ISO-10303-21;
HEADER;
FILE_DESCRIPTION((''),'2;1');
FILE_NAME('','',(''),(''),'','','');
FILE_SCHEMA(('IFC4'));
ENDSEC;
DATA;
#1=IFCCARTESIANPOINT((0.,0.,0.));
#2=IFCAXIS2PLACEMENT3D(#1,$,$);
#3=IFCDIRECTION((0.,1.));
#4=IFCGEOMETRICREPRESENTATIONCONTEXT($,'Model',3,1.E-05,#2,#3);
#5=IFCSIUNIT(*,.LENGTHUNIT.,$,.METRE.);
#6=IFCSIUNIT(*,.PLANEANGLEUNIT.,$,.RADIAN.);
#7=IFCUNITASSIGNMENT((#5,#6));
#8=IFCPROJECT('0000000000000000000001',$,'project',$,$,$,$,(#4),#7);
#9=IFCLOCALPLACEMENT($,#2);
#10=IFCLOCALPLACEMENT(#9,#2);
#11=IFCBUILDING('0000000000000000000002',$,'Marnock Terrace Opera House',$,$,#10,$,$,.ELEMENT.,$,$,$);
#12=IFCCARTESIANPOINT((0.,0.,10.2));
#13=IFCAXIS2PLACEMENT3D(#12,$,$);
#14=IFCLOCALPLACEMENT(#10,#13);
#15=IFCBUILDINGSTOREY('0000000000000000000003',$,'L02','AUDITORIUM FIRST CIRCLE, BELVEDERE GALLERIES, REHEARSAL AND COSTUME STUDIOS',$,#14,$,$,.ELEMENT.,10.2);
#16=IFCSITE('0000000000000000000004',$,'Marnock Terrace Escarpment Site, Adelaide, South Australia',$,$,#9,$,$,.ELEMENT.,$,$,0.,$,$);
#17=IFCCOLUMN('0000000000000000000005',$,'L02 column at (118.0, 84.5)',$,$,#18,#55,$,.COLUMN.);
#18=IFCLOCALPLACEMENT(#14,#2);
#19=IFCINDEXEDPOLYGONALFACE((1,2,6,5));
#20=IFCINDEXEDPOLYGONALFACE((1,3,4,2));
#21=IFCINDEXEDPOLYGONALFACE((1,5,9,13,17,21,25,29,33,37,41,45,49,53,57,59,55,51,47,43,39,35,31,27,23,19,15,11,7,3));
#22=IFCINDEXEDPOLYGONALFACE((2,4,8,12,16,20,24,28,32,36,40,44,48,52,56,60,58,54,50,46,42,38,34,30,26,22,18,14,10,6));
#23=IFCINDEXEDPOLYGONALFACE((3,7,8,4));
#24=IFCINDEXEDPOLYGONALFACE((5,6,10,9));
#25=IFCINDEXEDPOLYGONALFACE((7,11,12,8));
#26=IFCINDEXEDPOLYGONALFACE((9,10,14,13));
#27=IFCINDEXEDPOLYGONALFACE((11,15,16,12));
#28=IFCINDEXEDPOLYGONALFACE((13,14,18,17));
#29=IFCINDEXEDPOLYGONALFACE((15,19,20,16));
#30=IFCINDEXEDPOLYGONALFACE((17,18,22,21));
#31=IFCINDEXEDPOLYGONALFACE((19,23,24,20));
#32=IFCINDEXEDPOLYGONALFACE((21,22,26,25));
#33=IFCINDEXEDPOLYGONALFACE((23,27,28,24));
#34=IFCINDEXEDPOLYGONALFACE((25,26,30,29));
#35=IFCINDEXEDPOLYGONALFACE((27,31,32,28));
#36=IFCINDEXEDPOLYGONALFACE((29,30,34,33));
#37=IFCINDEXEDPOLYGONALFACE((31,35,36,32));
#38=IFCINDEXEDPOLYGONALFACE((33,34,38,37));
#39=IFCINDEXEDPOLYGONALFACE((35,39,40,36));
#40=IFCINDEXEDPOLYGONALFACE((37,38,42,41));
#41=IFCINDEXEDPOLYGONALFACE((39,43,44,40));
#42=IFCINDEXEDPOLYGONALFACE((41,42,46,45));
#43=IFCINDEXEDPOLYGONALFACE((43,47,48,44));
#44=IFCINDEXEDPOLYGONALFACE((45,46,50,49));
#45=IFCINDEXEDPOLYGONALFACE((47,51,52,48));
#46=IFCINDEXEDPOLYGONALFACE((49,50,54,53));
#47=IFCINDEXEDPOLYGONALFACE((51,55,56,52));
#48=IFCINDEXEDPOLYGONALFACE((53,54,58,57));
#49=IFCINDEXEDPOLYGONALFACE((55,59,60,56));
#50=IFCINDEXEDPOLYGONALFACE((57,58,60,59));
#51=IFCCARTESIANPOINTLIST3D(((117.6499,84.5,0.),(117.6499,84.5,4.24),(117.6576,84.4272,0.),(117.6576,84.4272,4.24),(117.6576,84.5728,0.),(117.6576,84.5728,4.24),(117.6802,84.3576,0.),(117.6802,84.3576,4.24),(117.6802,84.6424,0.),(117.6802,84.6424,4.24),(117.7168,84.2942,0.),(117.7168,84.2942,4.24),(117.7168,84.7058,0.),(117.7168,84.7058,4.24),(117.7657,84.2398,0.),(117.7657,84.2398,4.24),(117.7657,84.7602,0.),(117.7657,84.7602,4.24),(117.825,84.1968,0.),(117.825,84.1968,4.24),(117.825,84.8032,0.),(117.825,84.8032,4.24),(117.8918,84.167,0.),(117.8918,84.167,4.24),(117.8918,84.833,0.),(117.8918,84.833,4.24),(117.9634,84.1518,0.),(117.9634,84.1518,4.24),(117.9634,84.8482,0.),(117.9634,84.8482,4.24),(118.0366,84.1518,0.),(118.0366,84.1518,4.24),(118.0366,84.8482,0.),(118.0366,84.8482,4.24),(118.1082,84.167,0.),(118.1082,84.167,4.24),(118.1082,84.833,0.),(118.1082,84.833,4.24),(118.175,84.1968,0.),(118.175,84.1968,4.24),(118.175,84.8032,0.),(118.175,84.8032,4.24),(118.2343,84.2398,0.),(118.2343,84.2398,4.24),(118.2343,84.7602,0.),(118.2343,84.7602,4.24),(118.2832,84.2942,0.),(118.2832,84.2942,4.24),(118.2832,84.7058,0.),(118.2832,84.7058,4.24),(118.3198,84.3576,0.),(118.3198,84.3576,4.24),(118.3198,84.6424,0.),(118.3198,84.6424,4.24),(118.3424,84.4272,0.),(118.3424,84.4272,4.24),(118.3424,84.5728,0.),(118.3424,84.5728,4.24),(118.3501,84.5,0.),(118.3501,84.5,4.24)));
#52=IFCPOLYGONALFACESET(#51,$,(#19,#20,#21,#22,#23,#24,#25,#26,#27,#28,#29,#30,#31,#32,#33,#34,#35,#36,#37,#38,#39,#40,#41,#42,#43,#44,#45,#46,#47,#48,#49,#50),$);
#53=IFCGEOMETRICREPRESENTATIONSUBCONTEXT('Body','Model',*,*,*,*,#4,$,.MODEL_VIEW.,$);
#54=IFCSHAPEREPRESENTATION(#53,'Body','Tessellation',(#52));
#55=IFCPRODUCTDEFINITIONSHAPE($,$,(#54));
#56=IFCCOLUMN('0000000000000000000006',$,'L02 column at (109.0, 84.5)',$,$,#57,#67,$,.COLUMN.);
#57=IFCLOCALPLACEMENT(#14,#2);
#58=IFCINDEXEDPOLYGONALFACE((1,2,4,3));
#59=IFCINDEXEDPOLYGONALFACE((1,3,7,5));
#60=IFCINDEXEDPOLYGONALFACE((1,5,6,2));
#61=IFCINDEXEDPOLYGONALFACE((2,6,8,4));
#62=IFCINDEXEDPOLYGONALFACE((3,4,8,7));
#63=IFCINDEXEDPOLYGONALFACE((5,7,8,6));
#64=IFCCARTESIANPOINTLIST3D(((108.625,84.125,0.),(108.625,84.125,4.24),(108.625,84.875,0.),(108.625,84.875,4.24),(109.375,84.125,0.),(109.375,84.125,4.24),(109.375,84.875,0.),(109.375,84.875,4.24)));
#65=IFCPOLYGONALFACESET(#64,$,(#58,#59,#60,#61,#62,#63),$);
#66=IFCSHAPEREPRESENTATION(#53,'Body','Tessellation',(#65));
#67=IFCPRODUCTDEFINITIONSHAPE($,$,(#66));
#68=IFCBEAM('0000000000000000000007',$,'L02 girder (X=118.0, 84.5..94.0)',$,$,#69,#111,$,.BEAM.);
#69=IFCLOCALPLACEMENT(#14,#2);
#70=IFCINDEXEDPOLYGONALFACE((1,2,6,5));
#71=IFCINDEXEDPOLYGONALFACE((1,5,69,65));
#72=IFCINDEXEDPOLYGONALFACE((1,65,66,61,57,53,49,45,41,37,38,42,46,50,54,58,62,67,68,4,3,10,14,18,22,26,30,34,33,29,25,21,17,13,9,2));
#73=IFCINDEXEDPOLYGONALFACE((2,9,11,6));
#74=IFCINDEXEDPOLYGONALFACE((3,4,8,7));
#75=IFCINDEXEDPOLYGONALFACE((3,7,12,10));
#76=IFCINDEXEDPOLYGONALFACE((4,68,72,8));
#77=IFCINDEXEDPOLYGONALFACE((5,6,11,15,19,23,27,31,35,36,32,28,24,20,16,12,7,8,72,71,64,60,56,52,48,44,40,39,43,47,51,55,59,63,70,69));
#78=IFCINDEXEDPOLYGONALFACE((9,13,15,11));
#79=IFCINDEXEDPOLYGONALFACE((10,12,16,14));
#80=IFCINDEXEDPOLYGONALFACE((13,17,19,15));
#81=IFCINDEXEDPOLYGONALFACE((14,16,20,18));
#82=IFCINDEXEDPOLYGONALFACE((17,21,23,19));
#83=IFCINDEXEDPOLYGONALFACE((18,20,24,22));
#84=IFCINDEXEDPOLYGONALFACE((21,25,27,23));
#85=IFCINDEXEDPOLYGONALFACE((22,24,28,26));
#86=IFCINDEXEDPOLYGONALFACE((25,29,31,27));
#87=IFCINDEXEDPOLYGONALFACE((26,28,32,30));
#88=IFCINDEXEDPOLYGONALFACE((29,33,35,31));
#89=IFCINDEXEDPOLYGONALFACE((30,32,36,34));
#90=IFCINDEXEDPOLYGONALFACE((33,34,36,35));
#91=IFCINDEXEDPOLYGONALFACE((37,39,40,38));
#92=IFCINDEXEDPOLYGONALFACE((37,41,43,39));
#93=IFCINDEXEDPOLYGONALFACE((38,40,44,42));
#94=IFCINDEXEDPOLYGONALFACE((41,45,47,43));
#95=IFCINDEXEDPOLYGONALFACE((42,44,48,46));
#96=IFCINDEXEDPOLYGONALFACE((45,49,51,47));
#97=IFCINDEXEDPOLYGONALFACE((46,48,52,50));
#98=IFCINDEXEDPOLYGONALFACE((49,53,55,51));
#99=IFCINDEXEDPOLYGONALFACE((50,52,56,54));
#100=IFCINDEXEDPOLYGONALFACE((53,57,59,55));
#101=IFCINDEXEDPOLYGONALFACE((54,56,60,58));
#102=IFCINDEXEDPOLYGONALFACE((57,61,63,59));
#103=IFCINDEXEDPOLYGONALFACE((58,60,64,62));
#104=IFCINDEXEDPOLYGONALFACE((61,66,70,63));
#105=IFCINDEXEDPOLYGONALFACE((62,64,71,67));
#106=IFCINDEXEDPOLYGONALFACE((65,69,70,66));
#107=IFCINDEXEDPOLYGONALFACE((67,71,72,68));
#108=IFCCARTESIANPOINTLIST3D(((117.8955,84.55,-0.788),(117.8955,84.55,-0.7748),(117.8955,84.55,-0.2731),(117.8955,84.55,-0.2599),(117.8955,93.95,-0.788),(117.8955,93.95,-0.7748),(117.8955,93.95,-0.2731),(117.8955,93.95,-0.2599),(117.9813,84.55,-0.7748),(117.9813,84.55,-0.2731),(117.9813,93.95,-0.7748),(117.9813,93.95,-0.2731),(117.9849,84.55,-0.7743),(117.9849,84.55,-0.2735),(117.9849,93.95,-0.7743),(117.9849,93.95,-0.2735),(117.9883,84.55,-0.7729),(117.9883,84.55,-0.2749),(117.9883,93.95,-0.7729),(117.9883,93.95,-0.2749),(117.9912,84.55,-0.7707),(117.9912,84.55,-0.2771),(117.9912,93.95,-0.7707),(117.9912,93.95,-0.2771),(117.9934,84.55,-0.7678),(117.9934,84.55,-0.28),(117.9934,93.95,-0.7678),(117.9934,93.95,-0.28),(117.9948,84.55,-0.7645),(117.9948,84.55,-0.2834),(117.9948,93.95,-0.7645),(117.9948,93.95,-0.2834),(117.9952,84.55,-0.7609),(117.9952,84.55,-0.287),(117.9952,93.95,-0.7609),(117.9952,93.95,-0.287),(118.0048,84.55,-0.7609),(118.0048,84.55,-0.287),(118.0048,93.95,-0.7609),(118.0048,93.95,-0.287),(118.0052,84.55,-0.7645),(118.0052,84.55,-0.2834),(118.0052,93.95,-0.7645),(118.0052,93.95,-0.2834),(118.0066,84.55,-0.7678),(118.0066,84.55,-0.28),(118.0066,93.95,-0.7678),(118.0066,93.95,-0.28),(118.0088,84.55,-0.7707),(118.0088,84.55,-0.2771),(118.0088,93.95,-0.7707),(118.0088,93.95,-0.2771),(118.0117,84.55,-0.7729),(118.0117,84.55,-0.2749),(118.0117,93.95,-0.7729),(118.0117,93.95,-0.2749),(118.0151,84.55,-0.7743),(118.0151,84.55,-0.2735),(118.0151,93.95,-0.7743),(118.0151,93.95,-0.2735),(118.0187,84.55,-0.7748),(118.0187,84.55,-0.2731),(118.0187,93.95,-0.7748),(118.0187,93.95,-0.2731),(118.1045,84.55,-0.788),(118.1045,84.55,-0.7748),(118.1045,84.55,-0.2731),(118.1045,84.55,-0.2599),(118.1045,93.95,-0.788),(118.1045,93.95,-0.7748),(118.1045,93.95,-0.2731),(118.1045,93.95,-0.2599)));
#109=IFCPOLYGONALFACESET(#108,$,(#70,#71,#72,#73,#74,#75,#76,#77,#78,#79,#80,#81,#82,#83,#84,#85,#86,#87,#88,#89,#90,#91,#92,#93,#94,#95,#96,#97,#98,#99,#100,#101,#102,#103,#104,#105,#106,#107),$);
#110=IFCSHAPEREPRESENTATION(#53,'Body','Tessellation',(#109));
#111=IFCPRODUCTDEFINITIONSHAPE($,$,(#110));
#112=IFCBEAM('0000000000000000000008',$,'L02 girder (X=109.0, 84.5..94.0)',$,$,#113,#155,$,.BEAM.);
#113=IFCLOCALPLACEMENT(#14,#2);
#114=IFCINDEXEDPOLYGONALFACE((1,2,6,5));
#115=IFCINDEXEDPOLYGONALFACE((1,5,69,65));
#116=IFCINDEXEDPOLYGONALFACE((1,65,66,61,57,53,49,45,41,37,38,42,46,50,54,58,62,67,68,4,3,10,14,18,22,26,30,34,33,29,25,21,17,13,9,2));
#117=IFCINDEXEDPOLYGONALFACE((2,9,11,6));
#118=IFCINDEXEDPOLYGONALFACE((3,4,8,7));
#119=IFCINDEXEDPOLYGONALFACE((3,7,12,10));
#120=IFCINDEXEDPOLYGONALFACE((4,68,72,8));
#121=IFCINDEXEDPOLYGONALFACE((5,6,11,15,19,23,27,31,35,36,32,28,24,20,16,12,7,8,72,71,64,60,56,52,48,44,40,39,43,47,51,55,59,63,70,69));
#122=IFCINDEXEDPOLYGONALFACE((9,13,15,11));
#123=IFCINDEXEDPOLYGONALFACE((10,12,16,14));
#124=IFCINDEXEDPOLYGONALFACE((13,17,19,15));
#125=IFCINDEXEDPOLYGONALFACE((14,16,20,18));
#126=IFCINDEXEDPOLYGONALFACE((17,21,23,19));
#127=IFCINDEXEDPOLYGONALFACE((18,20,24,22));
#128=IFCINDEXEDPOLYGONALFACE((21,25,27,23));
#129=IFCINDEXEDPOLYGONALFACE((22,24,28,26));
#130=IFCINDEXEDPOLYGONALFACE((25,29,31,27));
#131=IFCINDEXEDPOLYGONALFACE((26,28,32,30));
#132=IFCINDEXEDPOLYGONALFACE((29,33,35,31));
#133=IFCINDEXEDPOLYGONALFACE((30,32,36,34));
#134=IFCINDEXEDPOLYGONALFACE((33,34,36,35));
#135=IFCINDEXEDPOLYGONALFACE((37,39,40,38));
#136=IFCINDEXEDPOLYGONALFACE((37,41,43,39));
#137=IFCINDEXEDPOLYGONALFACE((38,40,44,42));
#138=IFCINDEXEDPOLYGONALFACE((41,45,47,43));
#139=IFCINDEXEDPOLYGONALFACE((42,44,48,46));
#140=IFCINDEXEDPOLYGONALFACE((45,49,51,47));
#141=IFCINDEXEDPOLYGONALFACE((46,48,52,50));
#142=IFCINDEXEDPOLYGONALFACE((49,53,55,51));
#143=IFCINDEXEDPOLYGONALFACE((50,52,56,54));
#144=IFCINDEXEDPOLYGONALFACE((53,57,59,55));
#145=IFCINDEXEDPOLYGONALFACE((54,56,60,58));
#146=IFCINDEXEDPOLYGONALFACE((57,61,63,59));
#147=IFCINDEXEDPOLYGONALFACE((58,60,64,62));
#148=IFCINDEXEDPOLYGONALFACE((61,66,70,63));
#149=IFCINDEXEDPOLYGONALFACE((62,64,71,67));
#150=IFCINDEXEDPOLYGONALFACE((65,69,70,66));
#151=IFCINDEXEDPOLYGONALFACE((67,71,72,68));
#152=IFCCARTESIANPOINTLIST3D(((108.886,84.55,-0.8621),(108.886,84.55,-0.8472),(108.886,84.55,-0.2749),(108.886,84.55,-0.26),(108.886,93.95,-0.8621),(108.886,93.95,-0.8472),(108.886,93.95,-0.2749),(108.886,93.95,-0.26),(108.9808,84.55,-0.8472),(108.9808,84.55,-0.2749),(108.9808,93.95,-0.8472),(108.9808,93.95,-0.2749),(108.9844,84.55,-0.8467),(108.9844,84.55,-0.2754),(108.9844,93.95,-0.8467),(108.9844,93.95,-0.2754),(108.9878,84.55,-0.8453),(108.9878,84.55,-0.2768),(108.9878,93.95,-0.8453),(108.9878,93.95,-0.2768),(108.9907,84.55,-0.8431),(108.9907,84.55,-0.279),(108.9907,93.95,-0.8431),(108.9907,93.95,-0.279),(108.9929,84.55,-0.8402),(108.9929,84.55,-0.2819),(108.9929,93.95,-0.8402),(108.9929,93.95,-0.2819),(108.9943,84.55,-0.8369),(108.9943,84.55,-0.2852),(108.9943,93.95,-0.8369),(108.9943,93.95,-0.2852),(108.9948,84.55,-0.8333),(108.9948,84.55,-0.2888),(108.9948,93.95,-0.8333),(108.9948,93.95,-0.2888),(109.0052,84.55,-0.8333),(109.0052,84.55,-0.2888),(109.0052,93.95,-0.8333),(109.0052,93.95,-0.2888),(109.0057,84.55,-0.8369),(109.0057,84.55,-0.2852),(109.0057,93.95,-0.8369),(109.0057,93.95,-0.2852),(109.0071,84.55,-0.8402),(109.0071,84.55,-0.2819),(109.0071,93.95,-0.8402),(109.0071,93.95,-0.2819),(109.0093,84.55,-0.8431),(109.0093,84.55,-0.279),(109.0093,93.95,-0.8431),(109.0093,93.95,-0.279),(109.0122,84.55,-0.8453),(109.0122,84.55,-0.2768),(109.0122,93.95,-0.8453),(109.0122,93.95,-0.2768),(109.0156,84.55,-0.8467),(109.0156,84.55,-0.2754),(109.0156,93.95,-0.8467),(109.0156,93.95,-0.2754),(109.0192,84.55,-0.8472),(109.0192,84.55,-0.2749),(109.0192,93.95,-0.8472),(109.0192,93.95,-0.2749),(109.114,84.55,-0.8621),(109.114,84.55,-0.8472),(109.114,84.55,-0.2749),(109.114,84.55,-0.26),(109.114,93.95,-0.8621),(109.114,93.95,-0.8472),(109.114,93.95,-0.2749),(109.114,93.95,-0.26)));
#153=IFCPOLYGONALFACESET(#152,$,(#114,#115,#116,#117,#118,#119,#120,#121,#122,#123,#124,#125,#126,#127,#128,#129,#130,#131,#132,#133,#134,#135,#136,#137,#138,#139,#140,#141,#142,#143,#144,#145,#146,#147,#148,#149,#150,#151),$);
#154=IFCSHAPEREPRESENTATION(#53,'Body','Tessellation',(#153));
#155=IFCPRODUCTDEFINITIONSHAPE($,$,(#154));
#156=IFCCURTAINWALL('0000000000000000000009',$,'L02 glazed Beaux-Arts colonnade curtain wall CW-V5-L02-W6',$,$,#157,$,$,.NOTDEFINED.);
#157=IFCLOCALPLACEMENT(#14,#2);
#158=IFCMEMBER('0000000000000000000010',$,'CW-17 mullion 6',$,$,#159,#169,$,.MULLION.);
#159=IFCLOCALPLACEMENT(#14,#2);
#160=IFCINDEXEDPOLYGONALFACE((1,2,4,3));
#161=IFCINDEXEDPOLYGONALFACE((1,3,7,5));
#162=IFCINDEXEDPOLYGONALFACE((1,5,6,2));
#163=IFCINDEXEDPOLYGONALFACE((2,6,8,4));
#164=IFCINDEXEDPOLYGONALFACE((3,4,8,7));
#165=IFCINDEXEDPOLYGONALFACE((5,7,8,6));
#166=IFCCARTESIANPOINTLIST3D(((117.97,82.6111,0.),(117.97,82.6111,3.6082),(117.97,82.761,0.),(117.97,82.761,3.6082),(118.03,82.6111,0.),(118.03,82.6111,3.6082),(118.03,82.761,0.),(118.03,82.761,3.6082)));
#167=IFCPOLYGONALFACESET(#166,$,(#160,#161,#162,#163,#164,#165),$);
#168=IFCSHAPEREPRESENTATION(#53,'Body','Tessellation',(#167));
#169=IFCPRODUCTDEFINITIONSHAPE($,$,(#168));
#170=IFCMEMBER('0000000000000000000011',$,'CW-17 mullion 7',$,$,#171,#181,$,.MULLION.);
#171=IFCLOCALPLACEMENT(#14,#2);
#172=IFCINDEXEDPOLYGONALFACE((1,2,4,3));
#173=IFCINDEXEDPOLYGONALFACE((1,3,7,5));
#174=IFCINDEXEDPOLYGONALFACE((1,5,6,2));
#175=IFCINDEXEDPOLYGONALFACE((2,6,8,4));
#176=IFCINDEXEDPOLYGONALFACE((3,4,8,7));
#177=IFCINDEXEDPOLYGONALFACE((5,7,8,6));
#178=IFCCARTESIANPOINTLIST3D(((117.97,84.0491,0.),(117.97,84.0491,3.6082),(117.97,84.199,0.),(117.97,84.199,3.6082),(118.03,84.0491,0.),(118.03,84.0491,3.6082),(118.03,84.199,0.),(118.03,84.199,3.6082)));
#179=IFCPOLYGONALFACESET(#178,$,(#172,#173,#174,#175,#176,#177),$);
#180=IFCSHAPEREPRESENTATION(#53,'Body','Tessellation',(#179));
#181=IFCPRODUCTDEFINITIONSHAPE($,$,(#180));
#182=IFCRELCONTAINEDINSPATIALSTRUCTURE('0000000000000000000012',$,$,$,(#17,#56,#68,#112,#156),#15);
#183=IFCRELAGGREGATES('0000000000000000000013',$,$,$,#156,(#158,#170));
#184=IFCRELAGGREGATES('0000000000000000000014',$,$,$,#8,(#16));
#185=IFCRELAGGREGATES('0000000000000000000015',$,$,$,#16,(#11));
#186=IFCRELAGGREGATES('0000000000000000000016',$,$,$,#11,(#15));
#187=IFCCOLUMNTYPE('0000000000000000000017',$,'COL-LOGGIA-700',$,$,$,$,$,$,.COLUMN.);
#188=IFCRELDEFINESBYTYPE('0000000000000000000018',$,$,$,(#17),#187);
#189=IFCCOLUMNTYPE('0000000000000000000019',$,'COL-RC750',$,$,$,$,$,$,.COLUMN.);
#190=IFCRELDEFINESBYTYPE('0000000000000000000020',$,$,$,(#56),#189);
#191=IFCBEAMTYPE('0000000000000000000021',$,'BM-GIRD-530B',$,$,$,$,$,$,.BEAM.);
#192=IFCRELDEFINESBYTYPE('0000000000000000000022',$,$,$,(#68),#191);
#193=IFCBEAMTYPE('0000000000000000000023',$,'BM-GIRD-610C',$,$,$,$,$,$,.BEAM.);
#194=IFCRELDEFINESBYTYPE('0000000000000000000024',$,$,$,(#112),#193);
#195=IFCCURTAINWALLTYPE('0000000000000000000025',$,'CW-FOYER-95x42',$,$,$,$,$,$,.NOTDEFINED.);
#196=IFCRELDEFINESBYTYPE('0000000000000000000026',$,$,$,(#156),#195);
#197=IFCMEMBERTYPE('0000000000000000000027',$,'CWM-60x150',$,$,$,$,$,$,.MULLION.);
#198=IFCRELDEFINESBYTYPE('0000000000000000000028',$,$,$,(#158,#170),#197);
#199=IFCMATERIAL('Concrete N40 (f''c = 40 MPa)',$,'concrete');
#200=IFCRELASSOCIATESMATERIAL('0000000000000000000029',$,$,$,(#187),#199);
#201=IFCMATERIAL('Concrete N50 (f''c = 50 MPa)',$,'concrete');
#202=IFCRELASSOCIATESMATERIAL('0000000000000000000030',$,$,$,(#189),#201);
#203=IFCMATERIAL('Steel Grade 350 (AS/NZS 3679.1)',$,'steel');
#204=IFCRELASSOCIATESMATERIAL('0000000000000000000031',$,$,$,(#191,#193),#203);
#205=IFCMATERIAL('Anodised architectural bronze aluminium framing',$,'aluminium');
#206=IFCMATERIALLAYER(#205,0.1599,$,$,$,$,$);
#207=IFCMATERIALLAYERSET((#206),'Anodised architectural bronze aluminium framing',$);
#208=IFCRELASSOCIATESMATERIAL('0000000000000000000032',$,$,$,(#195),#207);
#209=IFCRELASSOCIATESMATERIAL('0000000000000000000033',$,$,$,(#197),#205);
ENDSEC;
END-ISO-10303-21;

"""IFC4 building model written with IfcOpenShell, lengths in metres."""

from ifc_helpers import new_model, si_unit, direction, frame, origin, origin_2d, place, context, subcontext, project, spatial, rectangle, circle, i_section, extrude, material, layer, layer_set, material_profile, profile_set, type_object, element, aggregate, save


model = new_model("IFC4")

# Units and contexts
model_context = context("Model", 3, precision=1e-05, world=origin(), true_north=direction((0.0, 1.0)))
body_context = subcontext(model_context, "Body", "Model", "MODEL_VIEW")
ifc_project = project(units=[si_unit("LENGTHUNIT", "METRE"), si_unit("PLANEANGLEUNIT", "RADIAN")], contexts=[model_context])

# Site, building, storey
site_placement = place(None, origin())
site = spatial("IfcSite", under=ifc_project, at=site_placement, Name="Marnock Terrace Escarpment Site, Adelaide, South Australia", CompositionType="ELEMENT", RefElevation=0.0)
building_placement = place(site_placement, origin())
building = spatial("IfcBuilding", under=site, at=building_placement, Name="Marnock Terrace Opera House", CompositionType="ELEMENT")
storey_placement = place(building_placement, frame((0.0, 0.0, 10.2)))
storey = spatial("IfcBuildingStorey", under=building, at=storey_placement, Name="L02", Description="AUDITORIUM FIRST CIRCLE, BELVEDERE GALLERIES, REHEARSAL AND COSTUME STUDIOS", CompositionType="ELEMENT", Elevation=10.2)

# Columns
ifc_material_1 = material(Name="Concrete N40 (f'c = 40 MPa)", Category="concrete")
ifc_material_profile_1 = material_profile(ifc_material_1, circle(Radius=0.3501, at=origin_2d()))
ifc_profile_set_1 = profile_set([ifc_material_profile_1], Name="Concrete N40 (f'c = 40 MPa)")
column_type_1 = type_object("IfcColumnType", Name="COL-LOGGIA-700", PredefinedType="COLUMN", material=ifc_profile_set_1)
column_1_placement = place(storey_placement, frame((118.0, 84.5, 0.0), z_axis=(0.0, 0.0, 1.0), x_axis=(1.0, 0.0, 0.0)))
element("IfcColumn", 1, at=column_1_placement, inside=storey, type_object=column_type_1, Name="L02 column at (118.0, 84.5)", PredefinedType="COLUMN", context=body_context, shape_type="SweptSolid", body=[
    extrude(circle(Radius=0.3501, at=origin_2d()), origin(), (0.0, 0.0, 1.0), 4.24),
])
ifc_material_2 = material(Name="Concrete N50 (f'c = 50 MPa)", Category="concrete")
ifc_material_profile_2 = material_profile(ifc_material_2, rectangle(XDim=0.75, YDim=0.75, at=origin_2d()))
ifc_profile_set_2 = profile_set([ifc_material_profile_2], Name="Concrete N50 (f'c = 50 MPa)")
column_type_2 = type_object("IfcColumnType", Name="COL-RC750", PredefinedType="COLUMN", material=ifc_profile_set_2)
column_2_placement = place(storey_placement, frame((109.0, 84.5, 0.0), z_axis=(0.0, 0.0, 1.0), x_axis=(1.0, 0.0, 0.0)))
element("IfcColumn", 2, at=column_2_placement, inside=storey, type_object=column_type_2, Name="L02 column at (109.0, 84.5)", PredefinedType="COLUMN", context=body_context, shape_type="SweptSolid", body=[
    extrude(rectangle(XDim=0.75, YDim=0.75, at=origin_2d()), origin(), (0.0, 0.0, 1.0), 4.24),
])

# Beams
ifc_material_3 = material(Name="Steel Grade 350 (AS/NZS 3679.1)", Category="steel")
ifc_material_profile_3 = material_profile(ifc_material_3, i_section(OverallWidth=0.209, OverallDepth=0.5281, WebThickness=0.0095, FlangeThickness=0.0132, FilletRadius=0.0139, at=origin_2d()))
ifc_profile_set_3 = profile_set([ifc_material_profile_3], Name="Steel Grade 350 (AS/NZS 3679.1)")
beam_type_1 = type_object("IfcBeamType", Name="BM-GIRD-530B", PredefinedType="BEAM", material=ifc_profile_set_3)
beam_1_placement = place(storey_placement, frame((118.0, 84.55, -0.5239), z_axis=(0.0, 1.0, 0.0), x_axis=(-1.0, 0.0, 0.0)))
element("IfcBeam", 3, at=beam_1_placement, inside=storey, type_object=beam_type_1, Name="L02 girder (X=118.0, 84.5..94.0)", PredefinedType="BEAM", context=body_context, shape_type="SweptSolid", body=[
    extrude(i_section(OverallWidth=0.209, OverallDepth=0.5281, WebThickness=0.0095, FlangeThickness=0.0132, FilletRadius=0.0139, at=origin_2d()), origin(), (0.0, 0.0, 1.0), 9.3999),
])
ifc_material_profile_4 = material_profile(ifc_material_3, i_section(OverallWidth=0.228, OverallDepth=0.6021, WebThickness=0.0105, FlangeThickness=0.0149, FilletRadius=0.0139, at=origin_2d()))
ifc_profile_set_4 = profile_set([ifc_material_profile_4], Name="Steel Grade 350 (AS/NZS 3679.1)")
beam_type_2 = type_object("IfcBeamType", Name="BM-GIRD-610C", PredefinedType="BEAM", material=ifc_profile_set_4)
beam_2_placement = place(storey_placement, frame((109.0, 84.55, -0.561), z_axis=(0.0, 1.0, 0.0), x_axis=(-1.0, 0.0, 0.0)))
element("IfcBeam", 4, at=beam_2_placement, inside=storey, type_object=beam_type_2, Name="L02 girder (X=109.0, 84.5..94.0)", PredefinedType="BEAM", context=body_context, shape_type="SweptSolid", body=[
    extrude(i_section(OverallWidth=0.228, OverallDepth=0.6021, WebThickness=0.0105, FlangeThickness=0.0149, FilletRadius=0.0139, at=origin_2d()), origin(), (0.0, 0.0, 1.0), 9.3999),
])

# Curtain wall, members
ifc_material_4 = material(Name="Anodised architectural bronze aluminium framing", Category="aluminium")
ifc_layer_1 = layer(ifc_material_4, 0.1599)
ifc_layer_set_1 = layer_set([ifc_layer_1], Name="Anodised architectural bronze aluminium framing")
curtain_wall_type_1 = type_object("IfcCurtainWallType", Name="CW-FOYER-95x42", PredefinedType="NOTDEFINED", material=ifc_layer_set_1)
curtain_wall_1_placement = place(storey_placement, origin())
curtain_wall_1 = element("IfcCurtainWall", 5, at=curtain_wall_1_placement, inside=storey, type_object=curtain_wall_type_1, Name="L02 glazed Beaux-Arts colonnade curtain wall CW-V5-L02-W6", PredefinedType="NOTDEFINED")
ifc_material_profile_5 = material_profile(ifc_material_4, rectangle(XDim=0.0601, YDim=0.1499, at=origin_2d()))
ifc_profile_set_5 = profile_set([ifc_material_profile_5], Name="Anodised architectural bronze aluminium framing")
member_type_1 = type_object("IfcMemberType", Name="CWM-60x150", PredefinedType="MULLION", material=ifc_profile_set_5)
member_1_placement = place(storey_placement, frame((118.0, 82.686, 0.0), z_axis=(0.0, 0.0, 1.0), x_axis=(-1.0, 0.0, 0.0)))
member_1 = element("IfcMember", 6, at=member_1_placement, type_object=member_type_1, Name="CW-17 mullion 6", PredefinedType="MULLION", context=body_context, shape_type="SweptSolid", body=[
    extrude(rectangle(XDim=0.0601, YDim=0.1499, at=origin_2d()), origin(), (0.0, 0.0, 1.0), 3.6082),
])
member_2_placement = place(storey_placement, frame((118.0, 84.124, 0.0), z_axis=(0.0, 0.0, 1.0), x_axis=(-1.0, 0.0, 0.0)))
member_2 = element("IfcMember", 7, at=member_2_placement, type_object=member_type_1, Name="CW-17 mullion 7", PredefinedType="MULLION", context=body_context, shape_type="SweptSolid", body=[
    extrude(rectangle(XDim=0.0601, YDim=0.1499, at=origin_2d()), origin(), (0.0, 0.0, 1.0), 3.6082),
])

aggregate(curtain_wall_1, [member_1, member_2])

save(model, "model.ifc")
